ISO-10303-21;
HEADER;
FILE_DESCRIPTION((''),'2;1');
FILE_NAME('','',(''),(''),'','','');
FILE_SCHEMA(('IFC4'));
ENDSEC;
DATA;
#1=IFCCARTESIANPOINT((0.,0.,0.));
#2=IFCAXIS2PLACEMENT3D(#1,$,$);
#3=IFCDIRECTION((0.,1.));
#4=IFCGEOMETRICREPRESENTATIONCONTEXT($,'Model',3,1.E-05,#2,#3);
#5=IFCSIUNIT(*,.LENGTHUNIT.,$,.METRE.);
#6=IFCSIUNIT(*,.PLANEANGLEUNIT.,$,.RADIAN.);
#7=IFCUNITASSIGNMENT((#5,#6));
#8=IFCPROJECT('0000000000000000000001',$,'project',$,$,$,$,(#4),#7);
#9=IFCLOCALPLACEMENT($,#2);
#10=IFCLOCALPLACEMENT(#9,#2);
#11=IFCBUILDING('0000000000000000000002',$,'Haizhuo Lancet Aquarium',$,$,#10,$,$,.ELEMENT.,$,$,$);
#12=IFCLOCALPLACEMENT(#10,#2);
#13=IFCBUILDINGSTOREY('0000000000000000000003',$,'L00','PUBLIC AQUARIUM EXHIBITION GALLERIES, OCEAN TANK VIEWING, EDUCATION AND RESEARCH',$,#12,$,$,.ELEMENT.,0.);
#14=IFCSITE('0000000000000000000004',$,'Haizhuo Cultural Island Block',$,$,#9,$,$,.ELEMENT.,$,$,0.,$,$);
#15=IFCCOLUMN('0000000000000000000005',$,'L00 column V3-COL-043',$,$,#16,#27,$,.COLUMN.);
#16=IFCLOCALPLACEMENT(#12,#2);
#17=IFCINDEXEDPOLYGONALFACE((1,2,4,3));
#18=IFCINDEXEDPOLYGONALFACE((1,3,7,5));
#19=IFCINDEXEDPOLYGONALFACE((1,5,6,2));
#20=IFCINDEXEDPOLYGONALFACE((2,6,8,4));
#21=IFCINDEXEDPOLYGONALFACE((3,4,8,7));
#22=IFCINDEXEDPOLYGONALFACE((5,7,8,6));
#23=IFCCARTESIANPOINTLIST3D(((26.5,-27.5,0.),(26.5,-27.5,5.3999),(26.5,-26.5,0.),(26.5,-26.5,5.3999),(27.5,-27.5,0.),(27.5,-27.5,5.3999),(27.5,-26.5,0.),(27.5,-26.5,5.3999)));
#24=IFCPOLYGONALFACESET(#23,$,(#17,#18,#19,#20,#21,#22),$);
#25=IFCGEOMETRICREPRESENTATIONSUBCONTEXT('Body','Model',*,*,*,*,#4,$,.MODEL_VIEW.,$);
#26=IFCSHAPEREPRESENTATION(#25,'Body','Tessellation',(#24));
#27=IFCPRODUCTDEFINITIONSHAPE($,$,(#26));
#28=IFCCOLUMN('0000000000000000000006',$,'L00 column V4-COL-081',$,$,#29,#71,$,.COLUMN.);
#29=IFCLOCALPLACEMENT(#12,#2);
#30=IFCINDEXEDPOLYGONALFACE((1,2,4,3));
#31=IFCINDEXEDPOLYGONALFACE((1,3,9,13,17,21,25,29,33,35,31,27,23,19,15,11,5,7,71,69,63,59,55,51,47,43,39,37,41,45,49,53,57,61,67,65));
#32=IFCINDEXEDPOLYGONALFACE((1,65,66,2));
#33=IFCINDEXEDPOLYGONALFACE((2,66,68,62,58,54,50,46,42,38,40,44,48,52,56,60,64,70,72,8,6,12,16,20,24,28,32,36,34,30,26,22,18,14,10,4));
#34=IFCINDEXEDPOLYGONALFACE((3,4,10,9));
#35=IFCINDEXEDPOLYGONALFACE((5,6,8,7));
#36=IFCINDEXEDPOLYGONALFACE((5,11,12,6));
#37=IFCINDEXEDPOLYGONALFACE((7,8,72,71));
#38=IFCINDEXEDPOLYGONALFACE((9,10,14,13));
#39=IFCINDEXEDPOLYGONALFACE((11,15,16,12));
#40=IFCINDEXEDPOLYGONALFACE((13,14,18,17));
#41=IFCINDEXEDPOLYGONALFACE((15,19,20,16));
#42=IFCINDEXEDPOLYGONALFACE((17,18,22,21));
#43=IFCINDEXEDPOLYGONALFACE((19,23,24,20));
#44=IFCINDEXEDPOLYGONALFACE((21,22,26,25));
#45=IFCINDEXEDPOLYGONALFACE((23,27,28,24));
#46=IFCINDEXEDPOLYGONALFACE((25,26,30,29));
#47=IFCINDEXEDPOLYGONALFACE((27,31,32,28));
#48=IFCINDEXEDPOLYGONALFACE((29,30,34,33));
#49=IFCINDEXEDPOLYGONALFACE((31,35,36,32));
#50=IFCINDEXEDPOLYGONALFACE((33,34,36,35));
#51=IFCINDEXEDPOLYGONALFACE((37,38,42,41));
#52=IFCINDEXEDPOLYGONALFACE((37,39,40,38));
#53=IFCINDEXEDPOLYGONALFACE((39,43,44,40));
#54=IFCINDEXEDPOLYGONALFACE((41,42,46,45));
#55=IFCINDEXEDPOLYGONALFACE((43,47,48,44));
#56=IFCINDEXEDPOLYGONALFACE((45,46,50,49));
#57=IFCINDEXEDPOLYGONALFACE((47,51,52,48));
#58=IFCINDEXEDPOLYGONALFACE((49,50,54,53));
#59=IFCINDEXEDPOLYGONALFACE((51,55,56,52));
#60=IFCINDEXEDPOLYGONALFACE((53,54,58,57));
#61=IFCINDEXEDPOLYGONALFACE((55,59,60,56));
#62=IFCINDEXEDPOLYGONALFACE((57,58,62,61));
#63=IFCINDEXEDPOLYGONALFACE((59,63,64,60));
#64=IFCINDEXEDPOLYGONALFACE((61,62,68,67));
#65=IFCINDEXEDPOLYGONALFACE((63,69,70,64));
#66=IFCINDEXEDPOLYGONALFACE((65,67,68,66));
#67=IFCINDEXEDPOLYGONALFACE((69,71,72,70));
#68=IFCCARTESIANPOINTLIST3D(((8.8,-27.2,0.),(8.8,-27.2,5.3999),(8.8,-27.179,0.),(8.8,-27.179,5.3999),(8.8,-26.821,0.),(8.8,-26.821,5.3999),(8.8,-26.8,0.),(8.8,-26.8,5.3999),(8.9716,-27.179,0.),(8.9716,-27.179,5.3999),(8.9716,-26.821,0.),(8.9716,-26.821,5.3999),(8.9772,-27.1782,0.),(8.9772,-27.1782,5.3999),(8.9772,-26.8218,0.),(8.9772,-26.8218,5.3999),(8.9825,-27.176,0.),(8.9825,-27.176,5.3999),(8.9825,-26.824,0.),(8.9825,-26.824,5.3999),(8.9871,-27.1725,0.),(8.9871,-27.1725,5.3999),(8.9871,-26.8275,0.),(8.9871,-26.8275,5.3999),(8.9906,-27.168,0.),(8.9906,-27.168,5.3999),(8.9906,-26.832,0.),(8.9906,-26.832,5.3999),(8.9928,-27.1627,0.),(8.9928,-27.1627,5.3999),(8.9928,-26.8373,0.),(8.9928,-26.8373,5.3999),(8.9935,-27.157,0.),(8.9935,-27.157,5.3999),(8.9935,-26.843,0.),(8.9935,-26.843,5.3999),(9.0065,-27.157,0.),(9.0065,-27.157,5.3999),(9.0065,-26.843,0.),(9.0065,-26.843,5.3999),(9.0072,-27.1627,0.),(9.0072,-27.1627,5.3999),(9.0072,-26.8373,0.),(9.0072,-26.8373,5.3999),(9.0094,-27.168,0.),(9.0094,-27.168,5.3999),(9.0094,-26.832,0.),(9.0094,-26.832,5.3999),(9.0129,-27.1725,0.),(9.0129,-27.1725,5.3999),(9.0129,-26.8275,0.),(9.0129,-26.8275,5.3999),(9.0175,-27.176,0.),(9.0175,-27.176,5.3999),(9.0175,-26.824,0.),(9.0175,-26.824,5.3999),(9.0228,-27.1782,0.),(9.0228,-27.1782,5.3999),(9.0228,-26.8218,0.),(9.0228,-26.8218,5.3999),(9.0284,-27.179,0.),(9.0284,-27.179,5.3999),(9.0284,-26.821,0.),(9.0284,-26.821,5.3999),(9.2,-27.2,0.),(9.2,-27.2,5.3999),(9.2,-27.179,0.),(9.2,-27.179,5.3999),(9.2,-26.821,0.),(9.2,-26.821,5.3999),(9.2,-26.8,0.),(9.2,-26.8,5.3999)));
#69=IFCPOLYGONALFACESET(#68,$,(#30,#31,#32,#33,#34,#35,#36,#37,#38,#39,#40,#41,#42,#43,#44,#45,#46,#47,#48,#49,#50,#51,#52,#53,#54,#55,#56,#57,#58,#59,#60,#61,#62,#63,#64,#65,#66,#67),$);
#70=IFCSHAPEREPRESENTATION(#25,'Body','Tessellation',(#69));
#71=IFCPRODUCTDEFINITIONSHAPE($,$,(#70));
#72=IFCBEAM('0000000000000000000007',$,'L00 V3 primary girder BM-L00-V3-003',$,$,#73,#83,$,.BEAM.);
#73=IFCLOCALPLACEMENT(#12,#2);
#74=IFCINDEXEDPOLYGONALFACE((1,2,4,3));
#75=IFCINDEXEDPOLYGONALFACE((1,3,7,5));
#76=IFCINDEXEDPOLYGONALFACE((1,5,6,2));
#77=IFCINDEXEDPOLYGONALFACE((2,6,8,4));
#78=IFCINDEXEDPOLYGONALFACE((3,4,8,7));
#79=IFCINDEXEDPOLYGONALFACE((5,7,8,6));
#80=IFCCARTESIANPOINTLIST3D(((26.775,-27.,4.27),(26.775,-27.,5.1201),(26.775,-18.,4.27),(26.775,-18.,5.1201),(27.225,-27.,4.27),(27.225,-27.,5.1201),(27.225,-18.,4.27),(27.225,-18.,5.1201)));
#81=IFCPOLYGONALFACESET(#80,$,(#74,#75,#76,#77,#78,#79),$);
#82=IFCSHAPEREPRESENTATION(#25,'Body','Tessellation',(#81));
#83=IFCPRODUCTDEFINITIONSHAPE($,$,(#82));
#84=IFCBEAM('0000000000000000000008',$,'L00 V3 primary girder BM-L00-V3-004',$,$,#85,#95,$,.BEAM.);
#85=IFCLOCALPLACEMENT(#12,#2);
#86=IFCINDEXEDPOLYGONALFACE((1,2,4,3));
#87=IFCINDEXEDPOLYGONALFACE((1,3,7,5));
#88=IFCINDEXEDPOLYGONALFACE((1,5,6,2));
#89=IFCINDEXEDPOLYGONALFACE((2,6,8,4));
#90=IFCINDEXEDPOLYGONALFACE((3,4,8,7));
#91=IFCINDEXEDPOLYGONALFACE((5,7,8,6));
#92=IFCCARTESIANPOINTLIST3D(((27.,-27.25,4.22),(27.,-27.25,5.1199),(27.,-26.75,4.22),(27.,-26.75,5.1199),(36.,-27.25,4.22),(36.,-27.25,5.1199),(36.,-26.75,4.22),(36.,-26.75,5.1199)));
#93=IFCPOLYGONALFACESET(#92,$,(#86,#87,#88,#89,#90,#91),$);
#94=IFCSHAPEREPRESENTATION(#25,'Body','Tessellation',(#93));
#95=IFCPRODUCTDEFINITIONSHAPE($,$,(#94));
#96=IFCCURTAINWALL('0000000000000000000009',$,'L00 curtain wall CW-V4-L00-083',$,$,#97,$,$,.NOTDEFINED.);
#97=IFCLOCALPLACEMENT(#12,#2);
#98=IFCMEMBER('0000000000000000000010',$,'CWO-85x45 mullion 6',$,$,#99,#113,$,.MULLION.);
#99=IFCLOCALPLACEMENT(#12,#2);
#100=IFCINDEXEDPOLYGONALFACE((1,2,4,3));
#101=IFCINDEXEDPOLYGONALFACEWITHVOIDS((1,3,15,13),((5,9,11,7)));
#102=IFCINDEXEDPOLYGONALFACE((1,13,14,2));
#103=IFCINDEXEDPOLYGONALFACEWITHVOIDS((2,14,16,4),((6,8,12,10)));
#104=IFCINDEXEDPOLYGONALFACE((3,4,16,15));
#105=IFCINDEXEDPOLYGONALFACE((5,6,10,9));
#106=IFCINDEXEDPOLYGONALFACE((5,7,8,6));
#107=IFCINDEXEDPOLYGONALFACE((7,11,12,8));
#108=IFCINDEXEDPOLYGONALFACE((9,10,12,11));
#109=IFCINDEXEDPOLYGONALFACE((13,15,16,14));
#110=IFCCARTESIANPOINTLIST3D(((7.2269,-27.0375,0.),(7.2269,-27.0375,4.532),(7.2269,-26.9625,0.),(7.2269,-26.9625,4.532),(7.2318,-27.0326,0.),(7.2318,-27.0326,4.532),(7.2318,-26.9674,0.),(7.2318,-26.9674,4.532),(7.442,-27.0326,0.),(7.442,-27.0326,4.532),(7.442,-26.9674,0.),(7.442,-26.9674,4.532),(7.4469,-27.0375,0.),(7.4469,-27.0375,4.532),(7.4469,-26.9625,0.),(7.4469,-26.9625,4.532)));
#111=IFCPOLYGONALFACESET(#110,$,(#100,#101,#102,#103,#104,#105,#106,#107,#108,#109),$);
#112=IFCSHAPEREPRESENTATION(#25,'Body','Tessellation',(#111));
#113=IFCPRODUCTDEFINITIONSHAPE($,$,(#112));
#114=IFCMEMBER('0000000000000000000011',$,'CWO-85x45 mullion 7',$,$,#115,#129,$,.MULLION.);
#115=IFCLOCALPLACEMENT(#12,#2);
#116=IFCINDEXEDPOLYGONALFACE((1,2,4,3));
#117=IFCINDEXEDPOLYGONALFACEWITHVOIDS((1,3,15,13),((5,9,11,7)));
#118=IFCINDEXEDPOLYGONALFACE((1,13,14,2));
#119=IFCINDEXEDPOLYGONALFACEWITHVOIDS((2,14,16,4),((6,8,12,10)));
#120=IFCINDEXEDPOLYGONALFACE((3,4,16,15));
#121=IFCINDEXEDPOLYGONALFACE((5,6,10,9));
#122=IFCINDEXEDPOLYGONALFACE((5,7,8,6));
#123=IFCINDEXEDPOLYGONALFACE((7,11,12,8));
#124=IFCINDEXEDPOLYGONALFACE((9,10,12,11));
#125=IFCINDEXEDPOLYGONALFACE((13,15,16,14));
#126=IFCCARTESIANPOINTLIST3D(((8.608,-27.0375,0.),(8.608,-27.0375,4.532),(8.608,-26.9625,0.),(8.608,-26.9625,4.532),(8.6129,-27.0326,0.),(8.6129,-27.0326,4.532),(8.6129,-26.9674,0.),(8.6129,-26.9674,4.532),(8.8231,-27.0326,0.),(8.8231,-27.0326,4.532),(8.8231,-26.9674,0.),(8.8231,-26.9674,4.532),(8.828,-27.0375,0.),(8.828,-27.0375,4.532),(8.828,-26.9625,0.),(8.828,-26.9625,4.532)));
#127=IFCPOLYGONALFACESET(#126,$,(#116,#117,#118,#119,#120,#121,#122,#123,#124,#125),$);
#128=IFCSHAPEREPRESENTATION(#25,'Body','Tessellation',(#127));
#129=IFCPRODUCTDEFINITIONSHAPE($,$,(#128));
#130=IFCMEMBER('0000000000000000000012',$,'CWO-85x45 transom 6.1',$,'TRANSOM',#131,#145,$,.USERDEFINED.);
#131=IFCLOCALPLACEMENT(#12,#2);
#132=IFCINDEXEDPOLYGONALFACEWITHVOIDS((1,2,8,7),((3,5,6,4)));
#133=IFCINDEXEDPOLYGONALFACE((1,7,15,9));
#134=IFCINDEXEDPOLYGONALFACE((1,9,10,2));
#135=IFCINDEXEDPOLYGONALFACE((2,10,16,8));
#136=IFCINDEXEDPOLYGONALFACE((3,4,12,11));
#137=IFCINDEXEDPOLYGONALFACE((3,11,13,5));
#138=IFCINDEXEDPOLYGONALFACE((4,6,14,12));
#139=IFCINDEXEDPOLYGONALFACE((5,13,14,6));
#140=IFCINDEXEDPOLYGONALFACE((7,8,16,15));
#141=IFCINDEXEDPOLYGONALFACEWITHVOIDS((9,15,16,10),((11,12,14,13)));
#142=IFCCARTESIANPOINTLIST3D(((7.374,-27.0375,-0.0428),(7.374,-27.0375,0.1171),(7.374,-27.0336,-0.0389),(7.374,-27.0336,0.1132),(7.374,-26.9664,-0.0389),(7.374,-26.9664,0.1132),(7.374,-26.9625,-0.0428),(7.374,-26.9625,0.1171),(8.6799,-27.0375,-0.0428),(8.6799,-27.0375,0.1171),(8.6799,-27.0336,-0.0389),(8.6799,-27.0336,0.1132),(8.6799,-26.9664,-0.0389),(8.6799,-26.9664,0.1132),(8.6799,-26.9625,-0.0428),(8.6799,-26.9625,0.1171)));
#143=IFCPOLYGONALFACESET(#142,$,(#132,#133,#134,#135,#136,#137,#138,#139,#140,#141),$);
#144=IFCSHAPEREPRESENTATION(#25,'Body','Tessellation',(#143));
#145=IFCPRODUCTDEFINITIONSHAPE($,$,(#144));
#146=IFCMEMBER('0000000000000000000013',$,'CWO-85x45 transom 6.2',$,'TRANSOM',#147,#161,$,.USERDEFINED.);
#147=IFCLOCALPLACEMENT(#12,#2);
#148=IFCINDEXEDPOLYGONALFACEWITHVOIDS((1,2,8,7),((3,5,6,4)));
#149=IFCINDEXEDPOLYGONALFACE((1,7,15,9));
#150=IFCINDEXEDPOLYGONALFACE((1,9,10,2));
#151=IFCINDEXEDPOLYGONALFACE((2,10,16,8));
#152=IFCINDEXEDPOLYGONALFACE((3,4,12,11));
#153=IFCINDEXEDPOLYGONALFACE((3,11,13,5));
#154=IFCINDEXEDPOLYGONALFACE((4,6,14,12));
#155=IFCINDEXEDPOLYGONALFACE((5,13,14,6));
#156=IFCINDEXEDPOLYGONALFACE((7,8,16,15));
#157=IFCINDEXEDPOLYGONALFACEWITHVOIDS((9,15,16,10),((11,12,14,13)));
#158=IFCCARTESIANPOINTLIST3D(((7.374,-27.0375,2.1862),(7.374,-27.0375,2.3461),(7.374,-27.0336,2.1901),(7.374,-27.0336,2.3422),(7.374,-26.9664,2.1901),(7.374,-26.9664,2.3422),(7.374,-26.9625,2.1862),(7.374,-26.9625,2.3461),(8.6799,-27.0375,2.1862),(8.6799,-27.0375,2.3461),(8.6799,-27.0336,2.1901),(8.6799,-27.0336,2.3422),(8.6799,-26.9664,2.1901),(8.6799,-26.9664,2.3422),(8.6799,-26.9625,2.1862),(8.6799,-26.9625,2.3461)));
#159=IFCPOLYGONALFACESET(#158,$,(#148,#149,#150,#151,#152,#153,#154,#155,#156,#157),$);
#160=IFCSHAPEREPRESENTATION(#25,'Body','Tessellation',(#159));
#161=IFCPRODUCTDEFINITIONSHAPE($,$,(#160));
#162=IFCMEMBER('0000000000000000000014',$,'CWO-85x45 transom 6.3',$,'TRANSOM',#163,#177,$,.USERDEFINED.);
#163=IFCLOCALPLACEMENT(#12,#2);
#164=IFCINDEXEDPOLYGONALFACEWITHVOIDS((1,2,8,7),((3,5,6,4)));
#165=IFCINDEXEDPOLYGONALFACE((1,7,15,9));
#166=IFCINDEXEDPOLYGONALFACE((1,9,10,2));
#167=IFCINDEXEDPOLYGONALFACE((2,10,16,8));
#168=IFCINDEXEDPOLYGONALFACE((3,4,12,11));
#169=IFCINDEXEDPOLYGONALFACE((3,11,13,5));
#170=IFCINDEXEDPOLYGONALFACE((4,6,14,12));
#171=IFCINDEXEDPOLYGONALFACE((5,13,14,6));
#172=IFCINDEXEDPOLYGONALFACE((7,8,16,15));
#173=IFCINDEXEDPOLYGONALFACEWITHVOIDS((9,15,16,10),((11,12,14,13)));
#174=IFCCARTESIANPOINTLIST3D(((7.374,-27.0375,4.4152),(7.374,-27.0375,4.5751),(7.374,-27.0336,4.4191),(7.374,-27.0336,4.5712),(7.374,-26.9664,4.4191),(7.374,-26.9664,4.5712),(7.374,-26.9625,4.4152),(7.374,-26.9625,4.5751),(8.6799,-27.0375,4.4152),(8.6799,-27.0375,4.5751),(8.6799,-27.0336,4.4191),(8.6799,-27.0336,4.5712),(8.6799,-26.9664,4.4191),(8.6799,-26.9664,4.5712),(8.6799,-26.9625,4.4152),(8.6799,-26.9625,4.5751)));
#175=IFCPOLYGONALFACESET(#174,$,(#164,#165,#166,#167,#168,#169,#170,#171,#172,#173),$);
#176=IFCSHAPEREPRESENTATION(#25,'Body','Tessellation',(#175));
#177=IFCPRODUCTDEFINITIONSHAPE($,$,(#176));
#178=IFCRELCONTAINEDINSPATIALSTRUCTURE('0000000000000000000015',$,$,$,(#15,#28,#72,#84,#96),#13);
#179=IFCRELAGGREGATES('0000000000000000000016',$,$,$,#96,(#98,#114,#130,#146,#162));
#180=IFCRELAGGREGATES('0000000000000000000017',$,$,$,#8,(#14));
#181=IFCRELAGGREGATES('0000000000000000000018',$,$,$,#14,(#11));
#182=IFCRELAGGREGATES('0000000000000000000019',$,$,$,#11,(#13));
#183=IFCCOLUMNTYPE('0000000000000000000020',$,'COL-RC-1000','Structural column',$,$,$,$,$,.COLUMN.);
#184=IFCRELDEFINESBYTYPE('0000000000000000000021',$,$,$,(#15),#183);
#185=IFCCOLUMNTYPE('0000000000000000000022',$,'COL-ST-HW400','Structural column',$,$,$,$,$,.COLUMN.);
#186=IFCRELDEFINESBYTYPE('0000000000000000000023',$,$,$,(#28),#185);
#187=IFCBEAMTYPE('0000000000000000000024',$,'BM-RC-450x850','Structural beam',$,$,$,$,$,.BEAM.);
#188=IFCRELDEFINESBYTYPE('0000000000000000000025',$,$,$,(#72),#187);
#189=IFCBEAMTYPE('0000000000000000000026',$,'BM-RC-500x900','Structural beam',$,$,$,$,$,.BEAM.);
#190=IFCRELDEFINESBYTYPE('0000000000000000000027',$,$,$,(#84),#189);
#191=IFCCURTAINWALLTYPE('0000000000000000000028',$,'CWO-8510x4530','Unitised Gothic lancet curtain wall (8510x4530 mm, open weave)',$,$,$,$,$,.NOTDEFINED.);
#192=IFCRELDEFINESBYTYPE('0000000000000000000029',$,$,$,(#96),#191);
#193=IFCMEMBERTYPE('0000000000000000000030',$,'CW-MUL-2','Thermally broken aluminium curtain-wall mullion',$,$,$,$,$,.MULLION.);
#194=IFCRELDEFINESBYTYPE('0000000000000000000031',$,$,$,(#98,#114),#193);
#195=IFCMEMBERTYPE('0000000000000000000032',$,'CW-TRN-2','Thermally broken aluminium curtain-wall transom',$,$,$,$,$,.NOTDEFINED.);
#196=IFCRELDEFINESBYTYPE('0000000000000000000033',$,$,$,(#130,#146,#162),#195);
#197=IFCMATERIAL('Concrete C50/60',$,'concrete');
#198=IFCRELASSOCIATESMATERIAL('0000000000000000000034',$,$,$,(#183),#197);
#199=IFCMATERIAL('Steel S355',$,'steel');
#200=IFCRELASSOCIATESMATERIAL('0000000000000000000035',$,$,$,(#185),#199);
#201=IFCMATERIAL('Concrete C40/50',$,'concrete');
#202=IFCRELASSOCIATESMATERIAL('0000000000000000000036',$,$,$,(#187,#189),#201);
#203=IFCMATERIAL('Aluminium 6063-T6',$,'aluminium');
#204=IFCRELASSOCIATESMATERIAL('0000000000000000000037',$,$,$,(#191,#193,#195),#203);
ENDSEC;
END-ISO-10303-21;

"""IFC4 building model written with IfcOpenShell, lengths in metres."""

from ifc_helpers import new_model, si_unit, direction, frame, origin, origin_2d, place, context, subcontext, project, spatial, rectangle, hollow_rectangle, i_section, extrude, material, material_profile, profile_set, type_object, element, aggregate, save


model = new_model("IFC4")

# Units and contexts
model_context = context("Model", 3, precision=1e-05, world=origin(), true_north=direction((0.0, 1.0)))
body_context = subcontext(model_context, "Body", "Model", "MODEL_VIEW")
ifc_project = project(units=[si_unit("LENGTHUNIT", "METRE"), si_unit("PLANEANGLEUNIT", "RADIAN")], contexts=[model_context])

# Site, building, storey
site_placement = place(None, origin())
site = spatial("IfcSite", under=ifc_project, at=site_placement, Name="Haizhuo Cultural Island Block", CompositionType="ELEMENT", RefElevation=0.0)
building_placement = place(site_placement, origin())
building = spatial("IfcBuilding", under=site, at=building_placement, Name="Haizhuo Lancet Aquarium", CompositionType="ELEMENT")
storey_placement = place(building_placement, origin())
storey = spatial("IfcBuildingStorey", under=building, at=storey_placement, Name="L00", Description="PUBLIC AQUARIUM EXHIBITION GALLERIES, OCEAN TANK VIEWING, EDUCATION AND RESEARCH", CompositionType="ELEMENT", Elevation=0.0)

# Columns
ifc_material_1 = material(Name="Concrete C50/60", Category="concrete")
ifc_material_profile_1 = material_profile(ifc_material_1, rectangle(XDim=1.0, YDim=1.0, at=origin_2d()), Name="RC-COL 1000x1000")
ifc_profile_set_1 = profile_set([ifc_material_profile_1], Name="Concrete C50/60")
column_type_1 = type_object("IfcColumnType", Name="COL-RC-1000", Description="Structural column", PredefinedType="COLUMN", material=ifc_profile_set_1)
column_1_placement = place(storey_placement, frame((27.0, -27.0, 0.0), z_axis=(0.0, 0.0, 1.0), x_axis=(1.0, 0.0, 0.0)))
element("IfcColumn", 1, at=column_1_placement, inside=storey, type_object=column_type_1, Name="L00 column V3-COL-043", PredefinedType="COLUMN", context=body_context, shape_type="SweptSolid", body=[
    extrude(rectangle(XDim=1.0, YDim=1.0, at=origin_2d()), origin(), (0.0, 0.0, 1.0), 5.3999),
])
ifc_material_2 = material(Name="Steel S355", Category="steel")
ifc_material_profile_2 = material_profile(ifc_material_2, i_section(OverallWidth=0.3999, OverallDepth=0.3999, WebThickness=0.0129, FlangeThickness=0.021, FilletRadius=0.022, at=origin_2d()), Name="HW 400x400x13x21")
ifc_profile_set_2 = profile_set([ifc_material_profile_2], Name="Steel S355")
column_type_2 = type_object("IfcColumnType", Name="COL-ST-HW400", Description="Structural column", PredefinedType="COLUMN", material=ifc_profile_set_2)
column_2_placement = place(storey_placement, frame((9.0, -27.0, 0.0), z_axis=(0.0, 0.0, 1.0), x_axis=(1.0, 0.0, 0.0)))
element("IfcColumn", 2, at=column_2_placement, inside=storey, type_object=column_type_2, Name="L00 column V4-COL-081", PredefinedType="COLUMN", context=body_context, shape_type="SweptSolid", body=[
    extrude(i_section(OverallWidth=0.3999, OverallDepth=0.3999, WebThickness=0.0129, FlangeThickness=0.021, FilletRadius=0.022, at=origin_2d()), origin(), (0.0, 0.0, 1.0), 5.3999),
])

# Beams
ifc_material_3 = material(Name="Concrete C40/50", Category="concrete")
ifc_material_profile_3 = material_profile(ifc_material_3, rectangle(XDim=0.45, YDim=0.8501, at=origin_2d()), Name="RC-BM 450x850")
ifc_profile_set_3 = profile_set([ifc_material_profile_3], Name="Concrete C40/50")
beam_type_1 = type_object("IfcBeamType", Name="BM-RC-450x850", Description="Structural beam", PredefinedType="BEAM", material=ifc_profile_set_3)
beam_1_placement = place(storey_placement, frame((27.0, -27.0, 4.6951), z_axis=(0.0, 1.0, 0.0), x_axis=(-1.0, 0.0, 0.0)))
element("IfcBeam", 3, at=beam_1_placement, inside=storey, type_object=beam_type_1, Name="L00 V3 primary girder BM-L00-V3-003", PredefinedType="BEAM", context=body_context, shape_type="SweptSolid", body=[
    extrude(rectangle(XDim=0.45, YDim=0.8501, at=origin_2d()), origin(), (0.0, 0.0, 1.0), 9.0),
])
ifc_material_profile_4 = material_profile(ifc_material_3, rectangle(XDim=0.5, YDim=0.8999, at=origin_2d()), Name="RC-BM 500x900")
ifc_profile_set_4 = profile_set([ifc_material_profile_4], Name="Concrete C40/50")
beam_type_2 = type_object("IfcBeamType", Name="BM-RC-500x900", Description="Structural beam", PredefinedType="BEAM", material=ifc_profile_set_4)
beam_2_placement = place(storey_placement, frame((27.0, -27.0, 4.6699), z_axis=(1.0, 0.0, 0.0), x_axis=(0.0, 1.0, 0.0)))
element("IfcBeam", 4, at=beam_2_placement, inside=storey, type_object=beam_type_2, Name="L00 V3 primary girder BM-L00-V3-004", PredefinedType="BEAM", context=body_context, shape_type="SweptSolid", body=[
    extrude(rectangle(XDim=0.5, YDim=0.8999, at=origin_2d()), origin(), (0.0, 0.0, 1.0), 9.0),
])

# Curtain wall, members
ifc_material_4 = material(Name="Aluminium 6063-T6", Category="aluminium")
curtain_wall_type = type_object("IfcCurtainWallType", Name="CWO-8510x4530", Description="Unitised Gothic lancet curtain wall (8510x4530 mm, open weave)", PredefinedType="NOTDEFINED", material=ifc_material_4)
curtain_wall_placement = place(storey_placement, origin())
curtain_wall = element("IfcCurtainWall", 5, at=curtain_wall_placement, inside=storey, type_object=curtain_wall_type, Name="L00 curtain wall CW-V4-L00-083", PredefinedType="NOTDEFINED")
ifc_material_profile_5 = material_profile(ifc_material_4, hollow_rectangle(XDim=0.075, YDim=0.22, WallThickness=0.0049, at=origin_2d()), Name="ALU-M 75x220x5")
ifc_profile_set_5 = profile_set([ifc_material_profile_5], Name="Aluminium 6063-T6")
member_type_1 = type_object("IfcMemberType", Name="CW-MUL-2", Description="Thermally broken aluminium curtain-wall mullion", PredefinedType="MULLION", material=ifc_profile_set_5)
member_1_placement = place(storey_placement, frame((7.3369, -27.0, 0.0), z_axis=(0.0, 0.0, 1.0), x_axis=(0.0, 1.0, 0.0)))
member_1 = element("IfcMember", 6, at=member_1_placement, type_object=member_type_1, Name="CWO-85x45 mullion 6", PredefinedType="MULLION", context=body_context, shape_type="SweptSolid", body=[
    extrude(hollow_rectangle(XDim=0.075, YDim=0.22, WallThickness=0.0049, at=origin_2d()), origin(), (0.0, 0.0, 1.0), 4.532),
])
member_2_placement = place(storey_placement, frame((8.718, -27.0, 0.0), z_axis=(0.0, 0.0, 1.0), x_axis=(0.0, 1.0, 0.0)))
member_2 = element("IfcMember", 7, at=member_2_placement, type_object=member_type_1, Name="CWO-85x45 mullion 7", PredefinedType="MULLION", context=body_context, shape_type="SweptSolid", body=[
    extrude(hollow_rectangle(XDim=0.075, YDim=0.22, WallThickness=0.0049, at=origin_2d()), origin(), (0.0, 0.0, 1.0), 4.532),
])
ifc_material_profile_6 = material_profile(ifc_material_4, hollow_rectangle(XDim=0.075, YDim=0.1599, WallThickness=0.0039, at=origin_2d()), Name="ALU-T 75x160x4")
ifc_profile_set_6 = profile_set([ifc_material_profile_6], Name="Aluminium 6063-T6")
member_type_2 = type_object("IfcMemberType", Name="CW-TRN-2", Description="Thermally broken aluminium curtain-wall transom", PredefinedType="NOTDEFINED", material=ifc_profile_set_6)
member_3_placement = place(storey_placement, frame((7.374, -27.0, 0.0371), z_axis=(1.0, 0.0, 0.0), x_axis=(0.0, 1.0, 0.0)))
member_3 = element("IfcMember", 8, at=member_3_placement, type_object=member_type_2, Name="CWO-85x45 transom 6.1", ObjectType="TRANSOM", PredefinedType="USERDEFINED", context=body_context, shape_type="SweptSolid", body=[
    extrude(hollow_rectangle(XDim=0.075, YDim=0.1599, WallThickness=0.0039, at=origin_2d()), origin(), (0.0, 0.0, 1.0), 1.3059),
])
member_4_placement = place(storey_placement, frame((7.374, -27.0, 2.2661), z_axis=(1.0, 0.0, 0.0), x_axis=(0.0, 1.0, 0.0)))
member_4 = element("IfcMember", 9, at=member_4_placement, type_object=member_type_2, Name="CWO-85x45 transom 6.2", ObjectType="TRANSOM", PredefinedType="USERDEFINED", context=body_context, shape_type="SweptSolid", body=[
    extrude(hollow_rectangle(XDim=0.075, YDim=0.1599, WallThickness=0.0039, at=origin_2d()), origin(), (0.0, 0.0, 1.0), 1.3059),
])
member_5_placement = place(storey_placement, frame((7.374, -27.0, 4.4951), z_axis=(1.0, 0.0, 0.0), x_axis=(0.0, 1.0, 0.0)))
member_5 = element("IfcMember", 10, at=member_5_placement, type_object=member_type_2, Name="CWO-85x45 transom 6.3", ObjectType="TRANSOM", PredefinedType="USERDEFINED", context=body_context, shape_type="SweptSolid", body=[
    extrude(hollow_rectangle(XDim=0.075, YDim=0.1599, WallThickness=0.0039, at=origin_2d()), origin(), (0.0, 0.0, 1.0), 1.3059),
])

aggregate(curtain_wall, [member_1, member_2, member_3, member_4, member_5])

save(model, "model.ifc")
